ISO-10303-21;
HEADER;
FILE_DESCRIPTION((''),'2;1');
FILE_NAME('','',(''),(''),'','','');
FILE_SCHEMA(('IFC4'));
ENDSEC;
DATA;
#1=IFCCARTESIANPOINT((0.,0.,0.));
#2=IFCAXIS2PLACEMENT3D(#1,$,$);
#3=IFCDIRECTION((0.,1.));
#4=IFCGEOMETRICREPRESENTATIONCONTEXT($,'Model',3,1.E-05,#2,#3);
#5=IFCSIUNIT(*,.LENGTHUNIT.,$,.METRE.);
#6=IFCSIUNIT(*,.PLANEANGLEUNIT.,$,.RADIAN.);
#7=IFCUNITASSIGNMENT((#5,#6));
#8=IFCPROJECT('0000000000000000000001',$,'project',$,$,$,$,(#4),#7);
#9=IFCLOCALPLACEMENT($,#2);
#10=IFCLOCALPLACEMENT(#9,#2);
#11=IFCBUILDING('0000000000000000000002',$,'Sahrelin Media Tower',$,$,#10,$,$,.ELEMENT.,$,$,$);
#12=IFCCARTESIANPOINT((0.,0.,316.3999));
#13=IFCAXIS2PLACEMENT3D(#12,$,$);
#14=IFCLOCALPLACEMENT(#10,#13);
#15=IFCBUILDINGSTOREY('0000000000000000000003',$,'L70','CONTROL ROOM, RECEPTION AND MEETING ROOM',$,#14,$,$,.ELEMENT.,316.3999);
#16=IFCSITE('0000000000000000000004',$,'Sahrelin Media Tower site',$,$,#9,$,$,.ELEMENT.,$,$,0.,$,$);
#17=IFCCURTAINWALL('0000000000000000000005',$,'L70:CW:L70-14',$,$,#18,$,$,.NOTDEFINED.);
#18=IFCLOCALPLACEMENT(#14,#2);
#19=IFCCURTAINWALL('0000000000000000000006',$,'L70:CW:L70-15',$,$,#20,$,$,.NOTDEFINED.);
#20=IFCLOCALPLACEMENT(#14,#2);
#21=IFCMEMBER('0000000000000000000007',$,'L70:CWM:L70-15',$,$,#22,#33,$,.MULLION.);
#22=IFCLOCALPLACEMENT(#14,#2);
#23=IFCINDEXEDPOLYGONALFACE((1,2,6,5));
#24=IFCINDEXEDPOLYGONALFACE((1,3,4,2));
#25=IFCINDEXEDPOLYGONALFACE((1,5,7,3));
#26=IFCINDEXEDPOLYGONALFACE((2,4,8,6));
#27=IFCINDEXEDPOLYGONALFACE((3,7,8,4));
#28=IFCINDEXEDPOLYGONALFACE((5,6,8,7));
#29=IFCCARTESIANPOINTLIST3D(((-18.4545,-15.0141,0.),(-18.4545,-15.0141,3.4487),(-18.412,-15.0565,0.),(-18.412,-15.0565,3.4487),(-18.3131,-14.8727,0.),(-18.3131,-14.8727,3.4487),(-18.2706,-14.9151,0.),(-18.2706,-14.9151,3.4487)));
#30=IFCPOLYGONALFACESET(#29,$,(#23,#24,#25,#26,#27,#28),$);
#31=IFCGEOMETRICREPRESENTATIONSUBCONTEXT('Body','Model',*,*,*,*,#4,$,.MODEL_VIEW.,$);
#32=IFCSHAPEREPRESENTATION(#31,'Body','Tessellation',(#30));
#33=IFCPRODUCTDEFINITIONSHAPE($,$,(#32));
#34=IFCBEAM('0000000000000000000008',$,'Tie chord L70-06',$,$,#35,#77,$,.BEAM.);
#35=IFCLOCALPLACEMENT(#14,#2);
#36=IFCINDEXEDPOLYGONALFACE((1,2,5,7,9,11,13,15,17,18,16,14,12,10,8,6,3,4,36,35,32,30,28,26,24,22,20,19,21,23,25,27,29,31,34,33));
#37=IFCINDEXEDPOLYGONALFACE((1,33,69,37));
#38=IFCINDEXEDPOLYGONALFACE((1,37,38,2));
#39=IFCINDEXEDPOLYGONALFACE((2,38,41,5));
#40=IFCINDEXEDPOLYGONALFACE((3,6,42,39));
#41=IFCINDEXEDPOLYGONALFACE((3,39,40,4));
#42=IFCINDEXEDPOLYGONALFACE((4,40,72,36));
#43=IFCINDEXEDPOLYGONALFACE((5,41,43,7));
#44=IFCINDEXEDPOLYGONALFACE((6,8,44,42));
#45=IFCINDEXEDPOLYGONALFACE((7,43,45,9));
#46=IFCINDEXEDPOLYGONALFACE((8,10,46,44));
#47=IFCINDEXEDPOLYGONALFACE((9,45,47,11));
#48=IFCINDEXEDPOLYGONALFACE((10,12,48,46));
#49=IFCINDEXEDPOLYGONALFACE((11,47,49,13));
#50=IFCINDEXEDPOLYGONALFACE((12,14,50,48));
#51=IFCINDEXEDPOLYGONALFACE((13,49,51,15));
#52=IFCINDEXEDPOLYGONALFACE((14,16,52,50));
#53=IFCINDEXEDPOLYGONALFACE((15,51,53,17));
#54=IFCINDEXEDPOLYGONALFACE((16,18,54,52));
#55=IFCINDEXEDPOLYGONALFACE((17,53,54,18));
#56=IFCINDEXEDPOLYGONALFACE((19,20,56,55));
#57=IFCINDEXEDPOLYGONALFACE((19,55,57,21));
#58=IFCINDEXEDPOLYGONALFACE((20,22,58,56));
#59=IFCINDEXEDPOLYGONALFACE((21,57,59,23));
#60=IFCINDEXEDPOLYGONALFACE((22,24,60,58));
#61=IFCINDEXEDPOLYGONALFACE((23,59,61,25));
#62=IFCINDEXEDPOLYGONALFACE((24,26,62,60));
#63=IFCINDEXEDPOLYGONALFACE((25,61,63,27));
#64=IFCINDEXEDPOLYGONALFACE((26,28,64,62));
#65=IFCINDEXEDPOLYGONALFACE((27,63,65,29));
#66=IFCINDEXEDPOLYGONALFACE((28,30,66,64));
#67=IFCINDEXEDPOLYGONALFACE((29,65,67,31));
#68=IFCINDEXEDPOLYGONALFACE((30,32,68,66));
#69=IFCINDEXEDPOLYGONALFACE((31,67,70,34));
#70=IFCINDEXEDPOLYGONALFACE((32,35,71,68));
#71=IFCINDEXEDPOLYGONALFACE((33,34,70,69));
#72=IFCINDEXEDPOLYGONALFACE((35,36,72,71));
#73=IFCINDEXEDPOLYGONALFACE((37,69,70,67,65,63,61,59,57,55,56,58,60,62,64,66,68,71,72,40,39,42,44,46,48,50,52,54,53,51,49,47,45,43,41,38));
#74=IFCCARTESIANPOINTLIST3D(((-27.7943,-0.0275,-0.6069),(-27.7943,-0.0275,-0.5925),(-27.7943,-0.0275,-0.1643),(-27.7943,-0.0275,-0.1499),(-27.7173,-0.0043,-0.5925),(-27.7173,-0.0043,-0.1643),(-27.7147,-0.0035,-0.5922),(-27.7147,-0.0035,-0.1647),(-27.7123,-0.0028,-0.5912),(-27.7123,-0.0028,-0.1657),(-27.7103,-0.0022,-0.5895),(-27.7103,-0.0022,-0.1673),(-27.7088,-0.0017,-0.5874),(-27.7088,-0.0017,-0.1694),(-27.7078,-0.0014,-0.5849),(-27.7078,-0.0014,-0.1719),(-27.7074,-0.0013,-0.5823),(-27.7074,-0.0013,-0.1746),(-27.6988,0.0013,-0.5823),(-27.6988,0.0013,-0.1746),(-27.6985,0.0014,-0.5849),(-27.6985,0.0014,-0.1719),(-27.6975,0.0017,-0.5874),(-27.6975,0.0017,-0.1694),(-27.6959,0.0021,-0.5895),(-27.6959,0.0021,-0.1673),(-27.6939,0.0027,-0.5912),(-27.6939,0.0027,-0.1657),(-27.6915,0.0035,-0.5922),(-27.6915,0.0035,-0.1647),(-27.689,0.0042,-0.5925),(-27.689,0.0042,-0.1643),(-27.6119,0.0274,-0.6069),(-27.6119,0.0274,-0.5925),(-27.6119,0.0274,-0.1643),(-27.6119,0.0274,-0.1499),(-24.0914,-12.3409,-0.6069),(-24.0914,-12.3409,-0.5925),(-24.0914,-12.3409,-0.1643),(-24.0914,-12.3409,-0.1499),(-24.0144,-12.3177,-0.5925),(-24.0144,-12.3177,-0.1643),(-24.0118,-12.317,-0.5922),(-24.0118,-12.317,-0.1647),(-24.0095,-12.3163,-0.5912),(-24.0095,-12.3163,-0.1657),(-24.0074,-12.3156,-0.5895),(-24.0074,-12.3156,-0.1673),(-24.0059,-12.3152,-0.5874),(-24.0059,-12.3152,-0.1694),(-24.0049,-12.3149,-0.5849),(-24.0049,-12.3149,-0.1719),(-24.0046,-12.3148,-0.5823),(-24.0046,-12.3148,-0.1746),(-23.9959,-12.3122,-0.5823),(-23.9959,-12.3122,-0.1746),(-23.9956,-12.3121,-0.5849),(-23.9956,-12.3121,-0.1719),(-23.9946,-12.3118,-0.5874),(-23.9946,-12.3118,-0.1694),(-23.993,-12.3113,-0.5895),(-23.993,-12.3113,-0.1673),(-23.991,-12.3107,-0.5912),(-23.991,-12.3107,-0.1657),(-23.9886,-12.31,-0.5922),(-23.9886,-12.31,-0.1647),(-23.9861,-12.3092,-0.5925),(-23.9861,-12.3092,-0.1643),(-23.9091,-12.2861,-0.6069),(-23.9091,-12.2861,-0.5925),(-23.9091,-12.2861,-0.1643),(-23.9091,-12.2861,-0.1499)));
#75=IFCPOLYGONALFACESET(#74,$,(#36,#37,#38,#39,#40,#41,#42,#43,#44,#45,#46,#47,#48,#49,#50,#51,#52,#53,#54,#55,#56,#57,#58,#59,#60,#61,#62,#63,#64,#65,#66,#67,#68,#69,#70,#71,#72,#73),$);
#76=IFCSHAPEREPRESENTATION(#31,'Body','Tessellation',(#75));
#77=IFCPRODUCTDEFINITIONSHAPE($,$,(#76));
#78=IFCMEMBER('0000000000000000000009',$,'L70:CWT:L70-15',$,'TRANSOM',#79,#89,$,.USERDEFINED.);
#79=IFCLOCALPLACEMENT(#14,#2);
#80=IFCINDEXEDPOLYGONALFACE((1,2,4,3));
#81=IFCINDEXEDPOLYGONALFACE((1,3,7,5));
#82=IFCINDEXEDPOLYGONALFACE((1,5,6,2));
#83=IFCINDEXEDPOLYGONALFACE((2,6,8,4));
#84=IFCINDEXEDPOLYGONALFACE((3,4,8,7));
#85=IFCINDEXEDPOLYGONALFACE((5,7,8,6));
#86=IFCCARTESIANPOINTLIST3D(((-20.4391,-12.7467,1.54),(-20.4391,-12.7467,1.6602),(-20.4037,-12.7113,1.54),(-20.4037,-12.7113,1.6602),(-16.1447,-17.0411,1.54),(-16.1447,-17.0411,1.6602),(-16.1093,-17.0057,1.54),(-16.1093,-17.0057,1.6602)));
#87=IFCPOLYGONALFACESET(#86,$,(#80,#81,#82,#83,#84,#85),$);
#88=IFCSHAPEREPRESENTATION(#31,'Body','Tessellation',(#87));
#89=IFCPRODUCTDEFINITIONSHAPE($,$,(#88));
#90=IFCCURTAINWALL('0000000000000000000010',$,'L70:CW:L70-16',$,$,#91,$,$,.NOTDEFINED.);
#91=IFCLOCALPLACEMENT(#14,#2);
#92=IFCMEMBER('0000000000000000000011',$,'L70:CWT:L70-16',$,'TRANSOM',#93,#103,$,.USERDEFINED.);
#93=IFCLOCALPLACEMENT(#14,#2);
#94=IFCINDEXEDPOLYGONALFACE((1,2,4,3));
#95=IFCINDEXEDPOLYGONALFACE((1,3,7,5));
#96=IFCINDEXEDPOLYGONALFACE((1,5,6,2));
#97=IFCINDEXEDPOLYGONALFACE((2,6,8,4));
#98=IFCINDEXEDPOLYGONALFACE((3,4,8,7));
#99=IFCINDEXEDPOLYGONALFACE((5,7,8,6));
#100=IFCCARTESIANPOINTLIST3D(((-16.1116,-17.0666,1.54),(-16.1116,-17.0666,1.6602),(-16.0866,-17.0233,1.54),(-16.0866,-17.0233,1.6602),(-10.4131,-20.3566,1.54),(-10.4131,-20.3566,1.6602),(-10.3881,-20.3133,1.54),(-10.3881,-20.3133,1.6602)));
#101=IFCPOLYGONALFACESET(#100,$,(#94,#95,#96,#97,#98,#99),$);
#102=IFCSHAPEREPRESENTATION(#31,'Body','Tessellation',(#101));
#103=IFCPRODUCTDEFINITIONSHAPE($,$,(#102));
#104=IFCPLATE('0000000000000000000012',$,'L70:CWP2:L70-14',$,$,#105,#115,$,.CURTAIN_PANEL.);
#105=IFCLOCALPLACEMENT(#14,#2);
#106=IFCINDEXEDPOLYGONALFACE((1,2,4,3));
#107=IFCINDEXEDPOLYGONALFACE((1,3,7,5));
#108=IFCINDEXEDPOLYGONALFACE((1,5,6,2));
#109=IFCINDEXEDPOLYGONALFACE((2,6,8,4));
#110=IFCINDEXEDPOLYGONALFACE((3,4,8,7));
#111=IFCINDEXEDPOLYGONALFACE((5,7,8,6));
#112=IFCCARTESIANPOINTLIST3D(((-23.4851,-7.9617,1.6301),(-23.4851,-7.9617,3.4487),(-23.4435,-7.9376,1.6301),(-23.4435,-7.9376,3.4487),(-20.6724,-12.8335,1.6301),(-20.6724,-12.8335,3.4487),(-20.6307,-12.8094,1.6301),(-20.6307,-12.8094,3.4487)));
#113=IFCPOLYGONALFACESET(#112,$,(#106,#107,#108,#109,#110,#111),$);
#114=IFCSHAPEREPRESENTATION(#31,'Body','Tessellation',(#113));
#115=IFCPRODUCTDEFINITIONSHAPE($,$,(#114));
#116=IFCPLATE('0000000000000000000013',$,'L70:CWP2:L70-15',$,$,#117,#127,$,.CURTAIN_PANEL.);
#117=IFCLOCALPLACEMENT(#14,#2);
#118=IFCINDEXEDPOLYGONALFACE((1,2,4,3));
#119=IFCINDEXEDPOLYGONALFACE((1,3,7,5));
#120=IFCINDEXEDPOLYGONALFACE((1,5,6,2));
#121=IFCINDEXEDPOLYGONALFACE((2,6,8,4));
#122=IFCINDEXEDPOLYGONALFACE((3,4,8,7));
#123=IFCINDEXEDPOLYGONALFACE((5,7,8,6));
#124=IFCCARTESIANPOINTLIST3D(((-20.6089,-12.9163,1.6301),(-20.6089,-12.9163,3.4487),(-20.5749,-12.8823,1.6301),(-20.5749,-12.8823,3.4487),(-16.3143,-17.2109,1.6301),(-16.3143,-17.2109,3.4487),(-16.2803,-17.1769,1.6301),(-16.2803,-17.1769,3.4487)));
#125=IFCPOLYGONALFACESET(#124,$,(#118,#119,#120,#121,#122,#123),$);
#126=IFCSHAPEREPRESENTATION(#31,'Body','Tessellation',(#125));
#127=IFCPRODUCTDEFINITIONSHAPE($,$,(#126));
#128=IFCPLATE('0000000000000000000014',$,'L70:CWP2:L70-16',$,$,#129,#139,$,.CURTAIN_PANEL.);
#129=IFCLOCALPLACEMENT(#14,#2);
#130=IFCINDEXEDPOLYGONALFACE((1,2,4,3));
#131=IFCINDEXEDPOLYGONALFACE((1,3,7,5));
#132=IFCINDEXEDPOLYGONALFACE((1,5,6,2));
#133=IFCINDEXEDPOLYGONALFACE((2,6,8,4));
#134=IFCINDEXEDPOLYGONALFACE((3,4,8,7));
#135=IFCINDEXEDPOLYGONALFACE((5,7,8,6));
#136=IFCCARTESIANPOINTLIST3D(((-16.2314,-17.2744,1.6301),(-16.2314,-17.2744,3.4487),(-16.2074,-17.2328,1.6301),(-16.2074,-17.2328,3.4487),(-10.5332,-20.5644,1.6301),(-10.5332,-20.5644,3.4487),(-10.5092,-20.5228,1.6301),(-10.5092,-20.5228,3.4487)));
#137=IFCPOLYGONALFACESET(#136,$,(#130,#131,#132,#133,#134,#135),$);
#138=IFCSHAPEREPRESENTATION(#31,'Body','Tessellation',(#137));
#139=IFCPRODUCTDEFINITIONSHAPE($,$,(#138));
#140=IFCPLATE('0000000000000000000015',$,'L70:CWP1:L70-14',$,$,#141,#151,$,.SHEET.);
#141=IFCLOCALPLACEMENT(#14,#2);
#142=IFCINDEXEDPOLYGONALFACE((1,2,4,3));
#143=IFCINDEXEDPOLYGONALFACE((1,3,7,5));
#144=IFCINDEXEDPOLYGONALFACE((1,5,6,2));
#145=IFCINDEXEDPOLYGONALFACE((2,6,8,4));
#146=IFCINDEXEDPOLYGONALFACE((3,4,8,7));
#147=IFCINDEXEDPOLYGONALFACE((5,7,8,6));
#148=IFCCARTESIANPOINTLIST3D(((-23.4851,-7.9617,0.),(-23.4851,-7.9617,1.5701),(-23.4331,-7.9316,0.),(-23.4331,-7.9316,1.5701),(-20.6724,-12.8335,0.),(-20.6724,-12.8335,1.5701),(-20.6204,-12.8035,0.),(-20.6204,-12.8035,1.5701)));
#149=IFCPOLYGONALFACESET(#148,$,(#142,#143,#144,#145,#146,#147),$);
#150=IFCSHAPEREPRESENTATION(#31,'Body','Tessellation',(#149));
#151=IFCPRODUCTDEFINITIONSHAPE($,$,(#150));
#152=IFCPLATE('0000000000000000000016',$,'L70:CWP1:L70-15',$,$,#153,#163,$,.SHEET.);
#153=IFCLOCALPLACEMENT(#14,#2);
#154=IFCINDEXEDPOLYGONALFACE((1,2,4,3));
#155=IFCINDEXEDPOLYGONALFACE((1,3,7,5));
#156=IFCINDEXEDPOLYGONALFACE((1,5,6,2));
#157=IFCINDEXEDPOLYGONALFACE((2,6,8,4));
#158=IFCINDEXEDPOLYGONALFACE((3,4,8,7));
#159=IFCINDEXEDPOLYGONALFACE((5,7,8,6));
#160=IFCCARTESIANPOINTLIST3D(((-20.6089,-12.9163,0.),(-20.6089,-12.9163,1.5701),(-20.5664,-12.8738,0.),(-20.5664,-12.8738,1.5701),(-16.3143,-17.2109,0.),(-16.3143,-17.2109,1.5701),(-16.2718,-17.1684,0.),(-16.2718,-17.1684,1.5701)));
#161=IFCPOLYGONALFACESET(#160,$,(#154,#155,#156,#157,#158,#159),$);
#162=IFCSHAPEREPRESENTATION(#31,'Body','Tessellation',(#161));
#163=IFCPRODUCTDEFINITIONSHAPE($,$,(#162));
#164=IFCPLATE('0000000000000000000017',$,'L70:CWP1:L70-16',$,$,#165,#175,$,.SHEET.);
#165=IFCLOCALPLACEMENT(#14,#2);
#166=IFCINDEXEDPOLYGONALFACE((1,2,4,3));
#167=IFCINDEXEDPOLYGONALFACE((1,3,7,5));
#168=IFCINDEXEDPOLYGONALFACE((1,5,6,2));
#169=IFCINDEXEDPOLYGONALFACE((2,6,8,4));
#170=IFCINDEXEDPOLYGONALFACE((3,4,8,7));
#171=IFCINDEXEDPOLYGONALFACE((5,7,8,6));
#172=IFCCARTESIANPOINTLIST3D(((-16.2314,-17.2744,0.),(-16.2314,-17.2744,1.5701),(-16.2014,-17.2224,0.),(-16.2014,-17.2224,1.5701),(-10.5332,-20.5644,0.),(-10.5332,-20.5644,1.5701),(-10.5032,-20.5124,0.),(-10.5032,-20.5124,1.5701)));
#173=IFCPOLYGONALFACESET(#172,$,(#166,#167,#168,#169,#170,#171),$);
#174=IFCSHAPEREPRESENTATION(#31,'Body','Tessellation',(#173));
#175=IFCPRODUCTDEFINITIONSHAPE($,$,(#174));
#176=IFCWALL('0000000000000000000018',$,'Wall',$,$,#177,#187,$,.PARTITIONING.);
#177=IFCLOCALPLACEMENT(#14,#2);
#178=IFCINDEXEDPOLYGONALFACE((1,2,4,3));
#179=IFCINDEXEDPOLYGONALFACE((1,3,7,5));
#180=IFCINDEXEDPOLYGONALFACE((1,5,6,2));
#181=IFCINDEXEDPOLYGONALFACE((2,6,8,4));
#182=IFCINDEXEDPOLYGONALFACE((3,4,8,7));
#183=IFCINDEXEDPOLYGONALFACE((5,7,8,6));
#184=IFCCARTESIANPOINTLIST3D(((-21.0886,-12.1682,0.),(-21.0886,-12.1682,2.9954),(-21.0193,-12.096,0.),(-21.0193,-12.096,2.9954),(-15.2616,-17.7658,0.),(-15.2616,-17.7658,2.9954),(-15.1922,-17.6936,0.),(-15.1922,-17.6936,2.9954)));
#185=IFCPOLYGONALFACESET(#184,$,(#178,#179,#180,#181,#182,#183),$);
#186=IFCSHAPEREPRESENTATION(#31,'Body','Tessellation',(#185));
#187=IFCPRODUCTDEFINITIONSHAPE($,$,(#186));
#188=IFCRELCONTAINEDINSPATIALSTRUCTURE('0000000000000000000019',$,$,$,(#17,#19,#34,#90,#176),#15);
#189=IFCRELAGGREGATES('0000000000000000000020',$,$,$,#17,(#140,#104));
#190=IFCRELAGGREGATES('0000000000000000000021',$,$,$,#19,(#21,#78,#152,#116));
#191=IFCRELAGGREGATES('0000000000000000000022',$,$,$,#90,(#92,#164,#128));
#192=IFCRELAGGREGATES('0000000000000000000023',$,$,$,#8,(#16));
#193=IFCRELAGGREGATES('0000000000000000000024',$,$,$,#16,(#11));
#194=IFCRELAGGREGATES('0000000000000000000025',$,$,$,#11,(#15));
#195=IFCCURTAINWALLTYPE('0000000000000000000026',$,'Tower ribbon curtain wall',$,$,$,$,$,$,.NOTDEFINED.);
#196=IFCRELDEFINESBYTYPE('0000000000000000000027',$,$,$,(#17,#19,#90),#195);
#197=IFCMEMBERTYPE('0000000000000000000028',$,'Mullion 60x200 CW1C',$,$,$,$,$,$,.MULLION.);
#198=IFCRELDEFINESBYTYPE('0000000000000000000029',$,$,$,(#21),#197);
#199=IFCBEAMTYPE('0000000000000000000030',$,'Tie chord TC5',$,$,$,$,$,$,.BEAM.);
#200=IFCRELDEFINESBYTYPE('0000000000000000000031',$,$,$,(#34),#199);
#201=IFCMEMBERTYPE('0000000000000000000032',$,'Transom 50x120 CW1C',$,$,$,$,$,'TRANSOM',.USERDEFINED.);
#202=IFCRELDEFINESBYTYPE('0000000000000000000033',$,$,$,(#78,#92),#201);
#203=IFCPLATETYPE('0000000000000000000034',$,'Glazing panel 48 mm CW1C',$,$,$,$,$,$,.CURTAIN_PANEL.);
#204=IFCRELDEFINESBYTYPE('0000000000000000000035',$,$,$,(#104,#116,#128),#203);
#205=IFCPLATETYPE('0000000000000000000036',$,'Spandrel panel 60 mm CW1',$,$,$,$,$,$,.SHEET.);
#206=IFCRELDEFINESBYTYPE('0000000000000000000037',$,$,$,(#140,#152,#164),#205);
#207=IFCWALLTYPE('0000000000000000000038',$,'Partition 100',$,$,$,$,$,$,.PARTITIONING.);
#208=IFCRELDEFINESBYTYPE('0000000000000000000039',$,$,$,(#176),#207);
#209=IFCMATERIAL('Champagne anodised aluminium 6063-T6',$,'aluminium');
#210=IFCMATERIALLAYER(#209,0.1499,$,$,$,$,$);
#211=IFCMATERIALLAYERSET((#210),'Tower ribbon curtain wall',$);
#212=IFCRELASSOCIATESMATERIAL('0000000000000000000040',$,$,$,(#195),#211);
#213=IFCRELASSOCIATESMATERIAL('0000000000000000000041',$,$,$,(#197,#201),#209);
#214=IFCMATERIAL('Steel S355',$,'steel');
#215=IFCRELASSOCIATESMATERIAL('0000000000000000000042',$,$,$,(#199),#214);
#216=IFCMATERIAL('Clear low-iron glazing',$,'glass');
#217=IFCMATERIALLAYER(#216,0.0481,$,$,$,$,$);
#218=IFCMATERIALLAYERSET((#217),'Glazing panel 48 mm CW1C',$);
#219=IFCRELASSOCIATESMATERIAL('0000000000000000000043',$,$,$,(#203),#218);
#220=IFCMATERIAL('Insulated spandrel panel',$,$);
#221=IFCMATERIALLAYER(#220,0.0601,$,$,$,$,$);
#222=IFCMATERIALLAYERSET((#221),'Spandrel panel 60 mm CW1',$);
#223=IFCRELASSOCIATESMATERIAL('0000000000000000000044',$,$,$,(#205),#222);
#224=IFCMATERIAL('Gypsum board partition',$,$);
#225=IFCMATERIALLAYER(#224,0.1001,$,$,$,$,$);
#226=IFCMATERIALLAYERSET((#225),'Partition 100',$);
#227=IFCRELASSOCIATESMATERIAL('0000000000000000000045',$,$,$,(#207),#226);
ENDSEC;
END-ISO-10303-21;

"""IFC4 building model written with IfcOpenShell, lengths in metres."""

from ifc_helpers import new_model, si_unit, direction, frame, frame_2d, origin, origin_2d, place, context, subcontext, project, spatial, polyline, rectangle, i_section, outline, extrude, material, layer, layer_set, material_profile, profile_set, type_object, element, aggregate, save


model = new_model("IFC4")

# Units and contexts
model_context = context("Model", 3, precision=1e-05, world=origin(), true_north=direction((0.0, 1.0)))
body_context = subcontext(model_context, "Body", "Model", "MODEL_VIEW")
ifc_project = project(units=[si_unit("LENGTHUNIT", "METRE"), si_unit("PLANEANGLEUNIT", "RADIAN")], contexts=[model_context])

# Site, building, storey
site_placement = place(None, origin())
site = spatial("IfcSite", under=ifc_project, at=site_placement, Name="Sahrelin Media Tower site", CompositionType="ELEMENT", RefElevation=0.0)
building_placement = place(site_placement, origin())
building = spatial("IfcBuilding", under=site, at=building_placement, Name="Sahrelin Media Tower", CompositionType="ELEMENT")
storey_placement = place(building_placement, frame((0.0, 0.0, 316.3999)))
storey = spatial("IfcBuildingStorey", under=building, at=storey_placement, Name="L70", Description="CONTROL ROOM, RECEPTION AND MEETING ROOM", CompositionType="ELEMENT", Elevation=316.3999)

# Shared definitions
ifc_material_1 = material(Name="Steel S355", Category="steel")

# Curtain walls, member
ifc_material_2 = material(Name="Champagne anodised aluminium 6063-T6", Category="aluminium")
ifc_layer_1 = layer(ifc_material_2, 0.1499)
ifc_layer_set_1 = layer_set([ifc_layer_1], Name="Tower ribbon curtain wall")
curtain_wall_type = type_object("IfcCurtainWallType", Name="Tower ribbon curtain wall", PredefinedType="NOTDEFINED", material=ifc_layer_set_1)
curtain_wall_1_placement = place(storey_placement, frame((-22.0615, -10.3877, 0.0), z_axis=(0.0, 0.0, 1.0), x_axis=(1.0, 0.0, 0.0)))
curtain_wall_1 = element("IfcCurtainWall", 1, at=curtain_wall_1_placement, inside=storey, type_object=curtain_wall_type, Name="L70:CW:L70-14", PredefinedType="NOTDEFINED")
ifc_material_profile_1 = material_profile(ifc_material_2, rectangle(XDim=0.0601, YDim=0.2, at=origin_2d()), Name="Mullion 60x200")
ifc_profile_set_1 = profile_set([ifc_material_profile_1], Name="Champagne anodised aluminium 6063-T6")
member_type_1 = type_object("IfcMemberType", Name="Mullion 60x200 CW1C", PredefinedType="MULLION", material=ifc_profile_set_1)
curtain_wall_2_placement = place(storey_placement, frame((-18.4475, -15.0493, 0.0), z_axis=(0.0, 0.0, 1.0), x_axis=(1.0, 0.0, 0.0)))
curtain_wall_2 = element("IfcCurtainWall", 2, at=curtain_wall_2_placement, inside=storey, type_object=curtain_wall_type, Name="L70:CW:L70-15", PredefinedType="NOTDEFINED")
member_1_placement = place(storey_placement, frame((-18.3625, -14.9646, 0.0), z_axis=(0.0, 0.0, 1.0), x_axis=(0.707107, -0.707107, 0.0)))
member_1 = element("IfcMember", 3, at=member_1_placement, type_object=member_type_1, Name="L70:CWM:L70-15", PredefinedType="MULLION", context=body_context, shape_type="SweptSolid", body=[
    extrude(rectangle(XDim=0.0601, YDim=0.2, at=origin_2d()), origin(), (0.0, 0.0, 1.0), 3.4487),
])

# Beam
ifc_material_profile_2 = material_profile(ifc_material_1, i_section(OverallWidth=0.1904, OverallDepth=0.457, WebThickness=0.009, FlangeThickness=0.0144, FilletRadius=0.0103, at=origin_2d()), Name="UB 457x191x74")
ifc_profile_set_2 = profile_set([ifc_material_profile_2], Name="Steel S355")
beam_type_1 = type_object("IfcBeamType", Name="Tie chord TC5", PredefinedType="BEAM", material=ifc_profile_set_2)
beam_1_placement = place(storey_placement, frame((-24.0002, -12.3135, -0.3784), z_axis=(-0.287978, 0.957637, 0.0), x_axis=(-0.957637, -0.287978, 0.0)))
element("IfcBeam", 4, at=beam_1_placement, inside=storey, type_object=beam_type_1, Name="Tie chord L70-06", PredefinedType="BEAM", context=body_context, shape_type="SweptSolid", body=[
    extrude(i_section(OverallWidth=0.1904, OverallDepth=0.457, WebThickness=0.009, FlangeThickness=0.0144, FilletRadius=0.0103, at=origin_2d()), origin(), (0.0, 0.0, 1.0), 12.8582),
])

# Member
ifc_material_profile_3 = material_profile(ifc_material_2, rectangle(XDim=0.05, YDim=0.1201, at=origin_2d()), Name="Transom 50x120")
ifc_profile_set_3 = profile_set([ifc_material_profile_3], Name="Champagne anodised aluminium 6063-T6")
member_type_2 = type_object("IfcMemberType", Name="Transom 50x120 CW1C", ElementType="TRANSOM", PredefinedType="USERDEFINED", material=ifc_profile_set_3)
member_2_placement = place(storey_placement, frame((-20.4214, -12.729, 1.6001), z_axis=(0.707107, -0.707107, 0.0), x_axis=(0.707107, 0.707107, 0.0)))
member_2 = element("IfcMember", 5, at=member_2_placement, type_object=member_type_2, Name="L70:CWT:L70-15", ObjectType="TRANSOM", PredefinedType="USERDEFINED", context=body_context, shape_type="SweptSolid", body=[
    extrude(rectangle(XDim=0.05, YDim=0.1201, at=origin_2d()), origin(), (0.0, 0.0, 1.0), 6.0732),
])

# Curtain wall, member
curtain_wall_3_placement = place(storey_placement, frame((-13.3723, -18.9021, 0.0), z_axis=(0.0, 0.0, 1.0), x_axis=(1.0, 0.0, 0.0)))
curtain_wall_3 = element("IfcCurtainWall", 6, at=curtain_wall_3_placement, inside=storey, type_object=curtain_wall_type, Name="L70:CW:L70-16", PredefinedType="NOTDEFINED")
member_3_placement = place(storey_placement, frame((-16.0991, -17.0449, 1.6001), z_axis=(0.866024, -0.500002, 0.0), x_axis=(0.500002, 0.866024, 0.0)))
member_3 = element("IfcMember", 7, at=member_3_placement, type_object=member_type_2, Name="L70:CWT:L70-16", ObjectType="TRANSOM", PredefinedType="USERDEFINED", context=body_context, shape_type="SweptSolid", body=[
    extrude(rectangle(XDim=0.05, YDim=0.1201, at=origin_2d()), origin(), (0.0, 0.0, 1.0), 6.5801),
])

# Plates
ifc_material_3 = material(Name="Clear low-iron glazing", Category="glass")
ifc_layer_2 = layer(ifc_material_3, 0.0481)
ifc_layer_set_2 = layer_set([ifc_layer_2], Name="Glazing panel 48 mm CW1C")
plate_type_1 = type_object("IfcPlateType", Name="Glazing panel 48 mm CW1C", PredefinedType="CURTAIN_PANEL", material=ifc_layer_set_2)
plate_1_placement = place(storey_placement, frame((-23.4851, -7.9617, 1.6301), z_axis=(-0.866026, -0.499999, 0.0), x_axis=(0.499999, -0.866026, 0.0)))
plate_1 = element("IfcPlate", 8, at=plate_1_placement, type_object=plate_type_1, Name="L70:CWP2:L70-14", PredefinedType="CURTAIN_PANEL", context=body_context, shape_type="SweptSolid", body=[
    extrude(outline(polyline([(0.0, 0.0), (5.6255, 0.0), (5.6255, 1.8186), (0.0, 1.8186), (0.0, 0.0)])), origin(), (0.0, 0.0, -1.0), 0.0481),
])
plate_2_placement = place(storey_placement, frame((-20.6089, -12.9163, 1.6301), z_axis=(-0.707107, -0.707107, 0.0), x_axis=(0.707107, -0.707107, 0.0)))
plate_2 = element("IfcPlate", 9, at=plate_2_placement, type_object=plate_type_1, Name="L70:CWP2:L70-15", PredefinedType="CURTAIN_PANEL", context=body_context, shape_type="SweptSolid", body=[
    extrude(outline(polyline([(0.0, 0.0), (6.0735, 0.0), (6.0735, 1.8186), (0.0, 1.8186), (0.0, 0.0)])), origin(), (0.0, 0.0, -1.0), 0.0481),
])
plate_3_placement = place(storey_placement, frame((-16.2314, -17.2744, 1.6301), z_axis=(-0.500018, -0.866015, 0.0), x_axis=(0.866015, -0.500018, 0.0)))
plate_3 = element("IfcPlate", 10, at=plate_3_placement, type_object=plate_type_1, Name="L70:CWP2:L70-16", PredefinedType="CURTAIN_PANEL", context=body_context, shape_type="SweptSolid", body=[
    extrude(outline(polyline([(0.0, 0.0), (6.5798, 0.0), (6.5798, 1.8186), (0.0, 1.8186), (0.0, 0.0)])), origin(), (0.0, 0.0, -1.0), 0.0481),
])
ifc_material_4 = material(Name="Insulated spandrel panel")
ifc_layer_3 = layer(ifc_material_4, 0.0601)
ifc_layer_set_3 = layer_set([ifc_layer_3], Name="Spandrel panel 60 mm CW1")
plate_type_2 = type_object("IfcPlateType", Name="Spandrel panel 60 mm CW1", PredefinedType="SHEET", material=ifc_layer_set_3)
plate_4_placement = place(storey_placement, frame((-23.4851, -7.9617, 0.0), z_axis=(-0.866026, -0.499999, 0.0), x_axis=(0.499999, -0.866026, 0.0)))
plate_4 = element("IfcPlate", 11, at=plate_4_placement, type_object=plate_type_2, Name="L70:CWP1:L70-14", PredefinedType="SHEET", context=body_context, shape_type="SweptSolid", body=[
    extrude(outline(polyline([(0.0, 0.0), (5.6255, 0.0), (5.6255, 1.5701), (0.0, 1.5701), (0.0, 0.0)])), origin(), (0.0, 0.0, -1.0), 0.0601),
])
aggregate(curtain_wall_1, [plate_4, plate_1])
plate_5_placement = place(storey_placement, frame((-20.6089, -12.9163, 0.0), z_axis=(-0.707107, -0.707107, 0.0), x_axis=(0.707107, -0.707107, 0.0)))
plate_5 = element("IfcPlate", 12, at=plate_5_placement, type_object=plate_type_2, Name="L70:CWP1:L70-15", PredefinedType="SHEET", context=body_context, shape_type="SweptSolid", body=[
    extrude(outline(polyline([(0.0, 0.0), (6.0735, 0.0), (6.0735, 1.5701), (0.0, 1.5701), (0.0, 0.0)])), origin(), (0.0, 0.0, -1.0), 0.0601),
])
aggregate(curtain_wall_2, [member_1, member_2, plate_5, plate_2])
plate_6_placement = place(storey_placement, frame((-16.2314, -17.2744, 0.0), z_axis=(-0.500018, -0.866015, 0.0), x_axis=(0.866015, -0.500018, 0.0)))
plate_6 = element("IfcPlate", 13, at=plate_6_placement, type_object=plate_type_2, Name="L70:CWP1:L70-16", PredefinedType="SHEET", context=body_context, shape_type="SweptSolid", body=[
    extrude(outline(polyline([(0.0, 0.0), (6.5798, 0.0), (6.5798, 1.5701), (0.0, 1.5701), (0.0, 0.0)])), origin(), (0.0, 0.0, -1.0), 0.0601),
])
aggregate(curtain_wall_3, [member_3, plate_6, plate_3])

# Wall
ifc_material_5 = material(Name="Gypsum board partition")
ifc_layer_4 = layer(ifc_material_5, 0.1001)
ifc_layer_set_4 = layer_set([ifc_layer_4], Name="Partition 100")
wall_type = type_object("IfcWallType", Name="Partition 100", PredefinedType="PARTITIONING", material=ifc_layer_set_4)
wall_1_placement = place(storey_placement, frame((-21.054, -12.1321, 0.0), z_axis=(0.0, 0.0, 1.0), x_axis=(0.721165, -0.692763, 0.0)))
element("IfcWall", 14, at=wall_1_placement, inside=storey, type_object=wall_type, Name="Wall", PredefinedType="PARTITIONING", context=body_context, shape_type="SweptSolid", body=[
    extrude(rectangle(XDim=8.0801, YDim=0.1001, at=frame_2d((4.04, 0.0))), origin(), (0.0, 0.0, 1.0), 2.9954),
])

save(model, "model.ifc")
